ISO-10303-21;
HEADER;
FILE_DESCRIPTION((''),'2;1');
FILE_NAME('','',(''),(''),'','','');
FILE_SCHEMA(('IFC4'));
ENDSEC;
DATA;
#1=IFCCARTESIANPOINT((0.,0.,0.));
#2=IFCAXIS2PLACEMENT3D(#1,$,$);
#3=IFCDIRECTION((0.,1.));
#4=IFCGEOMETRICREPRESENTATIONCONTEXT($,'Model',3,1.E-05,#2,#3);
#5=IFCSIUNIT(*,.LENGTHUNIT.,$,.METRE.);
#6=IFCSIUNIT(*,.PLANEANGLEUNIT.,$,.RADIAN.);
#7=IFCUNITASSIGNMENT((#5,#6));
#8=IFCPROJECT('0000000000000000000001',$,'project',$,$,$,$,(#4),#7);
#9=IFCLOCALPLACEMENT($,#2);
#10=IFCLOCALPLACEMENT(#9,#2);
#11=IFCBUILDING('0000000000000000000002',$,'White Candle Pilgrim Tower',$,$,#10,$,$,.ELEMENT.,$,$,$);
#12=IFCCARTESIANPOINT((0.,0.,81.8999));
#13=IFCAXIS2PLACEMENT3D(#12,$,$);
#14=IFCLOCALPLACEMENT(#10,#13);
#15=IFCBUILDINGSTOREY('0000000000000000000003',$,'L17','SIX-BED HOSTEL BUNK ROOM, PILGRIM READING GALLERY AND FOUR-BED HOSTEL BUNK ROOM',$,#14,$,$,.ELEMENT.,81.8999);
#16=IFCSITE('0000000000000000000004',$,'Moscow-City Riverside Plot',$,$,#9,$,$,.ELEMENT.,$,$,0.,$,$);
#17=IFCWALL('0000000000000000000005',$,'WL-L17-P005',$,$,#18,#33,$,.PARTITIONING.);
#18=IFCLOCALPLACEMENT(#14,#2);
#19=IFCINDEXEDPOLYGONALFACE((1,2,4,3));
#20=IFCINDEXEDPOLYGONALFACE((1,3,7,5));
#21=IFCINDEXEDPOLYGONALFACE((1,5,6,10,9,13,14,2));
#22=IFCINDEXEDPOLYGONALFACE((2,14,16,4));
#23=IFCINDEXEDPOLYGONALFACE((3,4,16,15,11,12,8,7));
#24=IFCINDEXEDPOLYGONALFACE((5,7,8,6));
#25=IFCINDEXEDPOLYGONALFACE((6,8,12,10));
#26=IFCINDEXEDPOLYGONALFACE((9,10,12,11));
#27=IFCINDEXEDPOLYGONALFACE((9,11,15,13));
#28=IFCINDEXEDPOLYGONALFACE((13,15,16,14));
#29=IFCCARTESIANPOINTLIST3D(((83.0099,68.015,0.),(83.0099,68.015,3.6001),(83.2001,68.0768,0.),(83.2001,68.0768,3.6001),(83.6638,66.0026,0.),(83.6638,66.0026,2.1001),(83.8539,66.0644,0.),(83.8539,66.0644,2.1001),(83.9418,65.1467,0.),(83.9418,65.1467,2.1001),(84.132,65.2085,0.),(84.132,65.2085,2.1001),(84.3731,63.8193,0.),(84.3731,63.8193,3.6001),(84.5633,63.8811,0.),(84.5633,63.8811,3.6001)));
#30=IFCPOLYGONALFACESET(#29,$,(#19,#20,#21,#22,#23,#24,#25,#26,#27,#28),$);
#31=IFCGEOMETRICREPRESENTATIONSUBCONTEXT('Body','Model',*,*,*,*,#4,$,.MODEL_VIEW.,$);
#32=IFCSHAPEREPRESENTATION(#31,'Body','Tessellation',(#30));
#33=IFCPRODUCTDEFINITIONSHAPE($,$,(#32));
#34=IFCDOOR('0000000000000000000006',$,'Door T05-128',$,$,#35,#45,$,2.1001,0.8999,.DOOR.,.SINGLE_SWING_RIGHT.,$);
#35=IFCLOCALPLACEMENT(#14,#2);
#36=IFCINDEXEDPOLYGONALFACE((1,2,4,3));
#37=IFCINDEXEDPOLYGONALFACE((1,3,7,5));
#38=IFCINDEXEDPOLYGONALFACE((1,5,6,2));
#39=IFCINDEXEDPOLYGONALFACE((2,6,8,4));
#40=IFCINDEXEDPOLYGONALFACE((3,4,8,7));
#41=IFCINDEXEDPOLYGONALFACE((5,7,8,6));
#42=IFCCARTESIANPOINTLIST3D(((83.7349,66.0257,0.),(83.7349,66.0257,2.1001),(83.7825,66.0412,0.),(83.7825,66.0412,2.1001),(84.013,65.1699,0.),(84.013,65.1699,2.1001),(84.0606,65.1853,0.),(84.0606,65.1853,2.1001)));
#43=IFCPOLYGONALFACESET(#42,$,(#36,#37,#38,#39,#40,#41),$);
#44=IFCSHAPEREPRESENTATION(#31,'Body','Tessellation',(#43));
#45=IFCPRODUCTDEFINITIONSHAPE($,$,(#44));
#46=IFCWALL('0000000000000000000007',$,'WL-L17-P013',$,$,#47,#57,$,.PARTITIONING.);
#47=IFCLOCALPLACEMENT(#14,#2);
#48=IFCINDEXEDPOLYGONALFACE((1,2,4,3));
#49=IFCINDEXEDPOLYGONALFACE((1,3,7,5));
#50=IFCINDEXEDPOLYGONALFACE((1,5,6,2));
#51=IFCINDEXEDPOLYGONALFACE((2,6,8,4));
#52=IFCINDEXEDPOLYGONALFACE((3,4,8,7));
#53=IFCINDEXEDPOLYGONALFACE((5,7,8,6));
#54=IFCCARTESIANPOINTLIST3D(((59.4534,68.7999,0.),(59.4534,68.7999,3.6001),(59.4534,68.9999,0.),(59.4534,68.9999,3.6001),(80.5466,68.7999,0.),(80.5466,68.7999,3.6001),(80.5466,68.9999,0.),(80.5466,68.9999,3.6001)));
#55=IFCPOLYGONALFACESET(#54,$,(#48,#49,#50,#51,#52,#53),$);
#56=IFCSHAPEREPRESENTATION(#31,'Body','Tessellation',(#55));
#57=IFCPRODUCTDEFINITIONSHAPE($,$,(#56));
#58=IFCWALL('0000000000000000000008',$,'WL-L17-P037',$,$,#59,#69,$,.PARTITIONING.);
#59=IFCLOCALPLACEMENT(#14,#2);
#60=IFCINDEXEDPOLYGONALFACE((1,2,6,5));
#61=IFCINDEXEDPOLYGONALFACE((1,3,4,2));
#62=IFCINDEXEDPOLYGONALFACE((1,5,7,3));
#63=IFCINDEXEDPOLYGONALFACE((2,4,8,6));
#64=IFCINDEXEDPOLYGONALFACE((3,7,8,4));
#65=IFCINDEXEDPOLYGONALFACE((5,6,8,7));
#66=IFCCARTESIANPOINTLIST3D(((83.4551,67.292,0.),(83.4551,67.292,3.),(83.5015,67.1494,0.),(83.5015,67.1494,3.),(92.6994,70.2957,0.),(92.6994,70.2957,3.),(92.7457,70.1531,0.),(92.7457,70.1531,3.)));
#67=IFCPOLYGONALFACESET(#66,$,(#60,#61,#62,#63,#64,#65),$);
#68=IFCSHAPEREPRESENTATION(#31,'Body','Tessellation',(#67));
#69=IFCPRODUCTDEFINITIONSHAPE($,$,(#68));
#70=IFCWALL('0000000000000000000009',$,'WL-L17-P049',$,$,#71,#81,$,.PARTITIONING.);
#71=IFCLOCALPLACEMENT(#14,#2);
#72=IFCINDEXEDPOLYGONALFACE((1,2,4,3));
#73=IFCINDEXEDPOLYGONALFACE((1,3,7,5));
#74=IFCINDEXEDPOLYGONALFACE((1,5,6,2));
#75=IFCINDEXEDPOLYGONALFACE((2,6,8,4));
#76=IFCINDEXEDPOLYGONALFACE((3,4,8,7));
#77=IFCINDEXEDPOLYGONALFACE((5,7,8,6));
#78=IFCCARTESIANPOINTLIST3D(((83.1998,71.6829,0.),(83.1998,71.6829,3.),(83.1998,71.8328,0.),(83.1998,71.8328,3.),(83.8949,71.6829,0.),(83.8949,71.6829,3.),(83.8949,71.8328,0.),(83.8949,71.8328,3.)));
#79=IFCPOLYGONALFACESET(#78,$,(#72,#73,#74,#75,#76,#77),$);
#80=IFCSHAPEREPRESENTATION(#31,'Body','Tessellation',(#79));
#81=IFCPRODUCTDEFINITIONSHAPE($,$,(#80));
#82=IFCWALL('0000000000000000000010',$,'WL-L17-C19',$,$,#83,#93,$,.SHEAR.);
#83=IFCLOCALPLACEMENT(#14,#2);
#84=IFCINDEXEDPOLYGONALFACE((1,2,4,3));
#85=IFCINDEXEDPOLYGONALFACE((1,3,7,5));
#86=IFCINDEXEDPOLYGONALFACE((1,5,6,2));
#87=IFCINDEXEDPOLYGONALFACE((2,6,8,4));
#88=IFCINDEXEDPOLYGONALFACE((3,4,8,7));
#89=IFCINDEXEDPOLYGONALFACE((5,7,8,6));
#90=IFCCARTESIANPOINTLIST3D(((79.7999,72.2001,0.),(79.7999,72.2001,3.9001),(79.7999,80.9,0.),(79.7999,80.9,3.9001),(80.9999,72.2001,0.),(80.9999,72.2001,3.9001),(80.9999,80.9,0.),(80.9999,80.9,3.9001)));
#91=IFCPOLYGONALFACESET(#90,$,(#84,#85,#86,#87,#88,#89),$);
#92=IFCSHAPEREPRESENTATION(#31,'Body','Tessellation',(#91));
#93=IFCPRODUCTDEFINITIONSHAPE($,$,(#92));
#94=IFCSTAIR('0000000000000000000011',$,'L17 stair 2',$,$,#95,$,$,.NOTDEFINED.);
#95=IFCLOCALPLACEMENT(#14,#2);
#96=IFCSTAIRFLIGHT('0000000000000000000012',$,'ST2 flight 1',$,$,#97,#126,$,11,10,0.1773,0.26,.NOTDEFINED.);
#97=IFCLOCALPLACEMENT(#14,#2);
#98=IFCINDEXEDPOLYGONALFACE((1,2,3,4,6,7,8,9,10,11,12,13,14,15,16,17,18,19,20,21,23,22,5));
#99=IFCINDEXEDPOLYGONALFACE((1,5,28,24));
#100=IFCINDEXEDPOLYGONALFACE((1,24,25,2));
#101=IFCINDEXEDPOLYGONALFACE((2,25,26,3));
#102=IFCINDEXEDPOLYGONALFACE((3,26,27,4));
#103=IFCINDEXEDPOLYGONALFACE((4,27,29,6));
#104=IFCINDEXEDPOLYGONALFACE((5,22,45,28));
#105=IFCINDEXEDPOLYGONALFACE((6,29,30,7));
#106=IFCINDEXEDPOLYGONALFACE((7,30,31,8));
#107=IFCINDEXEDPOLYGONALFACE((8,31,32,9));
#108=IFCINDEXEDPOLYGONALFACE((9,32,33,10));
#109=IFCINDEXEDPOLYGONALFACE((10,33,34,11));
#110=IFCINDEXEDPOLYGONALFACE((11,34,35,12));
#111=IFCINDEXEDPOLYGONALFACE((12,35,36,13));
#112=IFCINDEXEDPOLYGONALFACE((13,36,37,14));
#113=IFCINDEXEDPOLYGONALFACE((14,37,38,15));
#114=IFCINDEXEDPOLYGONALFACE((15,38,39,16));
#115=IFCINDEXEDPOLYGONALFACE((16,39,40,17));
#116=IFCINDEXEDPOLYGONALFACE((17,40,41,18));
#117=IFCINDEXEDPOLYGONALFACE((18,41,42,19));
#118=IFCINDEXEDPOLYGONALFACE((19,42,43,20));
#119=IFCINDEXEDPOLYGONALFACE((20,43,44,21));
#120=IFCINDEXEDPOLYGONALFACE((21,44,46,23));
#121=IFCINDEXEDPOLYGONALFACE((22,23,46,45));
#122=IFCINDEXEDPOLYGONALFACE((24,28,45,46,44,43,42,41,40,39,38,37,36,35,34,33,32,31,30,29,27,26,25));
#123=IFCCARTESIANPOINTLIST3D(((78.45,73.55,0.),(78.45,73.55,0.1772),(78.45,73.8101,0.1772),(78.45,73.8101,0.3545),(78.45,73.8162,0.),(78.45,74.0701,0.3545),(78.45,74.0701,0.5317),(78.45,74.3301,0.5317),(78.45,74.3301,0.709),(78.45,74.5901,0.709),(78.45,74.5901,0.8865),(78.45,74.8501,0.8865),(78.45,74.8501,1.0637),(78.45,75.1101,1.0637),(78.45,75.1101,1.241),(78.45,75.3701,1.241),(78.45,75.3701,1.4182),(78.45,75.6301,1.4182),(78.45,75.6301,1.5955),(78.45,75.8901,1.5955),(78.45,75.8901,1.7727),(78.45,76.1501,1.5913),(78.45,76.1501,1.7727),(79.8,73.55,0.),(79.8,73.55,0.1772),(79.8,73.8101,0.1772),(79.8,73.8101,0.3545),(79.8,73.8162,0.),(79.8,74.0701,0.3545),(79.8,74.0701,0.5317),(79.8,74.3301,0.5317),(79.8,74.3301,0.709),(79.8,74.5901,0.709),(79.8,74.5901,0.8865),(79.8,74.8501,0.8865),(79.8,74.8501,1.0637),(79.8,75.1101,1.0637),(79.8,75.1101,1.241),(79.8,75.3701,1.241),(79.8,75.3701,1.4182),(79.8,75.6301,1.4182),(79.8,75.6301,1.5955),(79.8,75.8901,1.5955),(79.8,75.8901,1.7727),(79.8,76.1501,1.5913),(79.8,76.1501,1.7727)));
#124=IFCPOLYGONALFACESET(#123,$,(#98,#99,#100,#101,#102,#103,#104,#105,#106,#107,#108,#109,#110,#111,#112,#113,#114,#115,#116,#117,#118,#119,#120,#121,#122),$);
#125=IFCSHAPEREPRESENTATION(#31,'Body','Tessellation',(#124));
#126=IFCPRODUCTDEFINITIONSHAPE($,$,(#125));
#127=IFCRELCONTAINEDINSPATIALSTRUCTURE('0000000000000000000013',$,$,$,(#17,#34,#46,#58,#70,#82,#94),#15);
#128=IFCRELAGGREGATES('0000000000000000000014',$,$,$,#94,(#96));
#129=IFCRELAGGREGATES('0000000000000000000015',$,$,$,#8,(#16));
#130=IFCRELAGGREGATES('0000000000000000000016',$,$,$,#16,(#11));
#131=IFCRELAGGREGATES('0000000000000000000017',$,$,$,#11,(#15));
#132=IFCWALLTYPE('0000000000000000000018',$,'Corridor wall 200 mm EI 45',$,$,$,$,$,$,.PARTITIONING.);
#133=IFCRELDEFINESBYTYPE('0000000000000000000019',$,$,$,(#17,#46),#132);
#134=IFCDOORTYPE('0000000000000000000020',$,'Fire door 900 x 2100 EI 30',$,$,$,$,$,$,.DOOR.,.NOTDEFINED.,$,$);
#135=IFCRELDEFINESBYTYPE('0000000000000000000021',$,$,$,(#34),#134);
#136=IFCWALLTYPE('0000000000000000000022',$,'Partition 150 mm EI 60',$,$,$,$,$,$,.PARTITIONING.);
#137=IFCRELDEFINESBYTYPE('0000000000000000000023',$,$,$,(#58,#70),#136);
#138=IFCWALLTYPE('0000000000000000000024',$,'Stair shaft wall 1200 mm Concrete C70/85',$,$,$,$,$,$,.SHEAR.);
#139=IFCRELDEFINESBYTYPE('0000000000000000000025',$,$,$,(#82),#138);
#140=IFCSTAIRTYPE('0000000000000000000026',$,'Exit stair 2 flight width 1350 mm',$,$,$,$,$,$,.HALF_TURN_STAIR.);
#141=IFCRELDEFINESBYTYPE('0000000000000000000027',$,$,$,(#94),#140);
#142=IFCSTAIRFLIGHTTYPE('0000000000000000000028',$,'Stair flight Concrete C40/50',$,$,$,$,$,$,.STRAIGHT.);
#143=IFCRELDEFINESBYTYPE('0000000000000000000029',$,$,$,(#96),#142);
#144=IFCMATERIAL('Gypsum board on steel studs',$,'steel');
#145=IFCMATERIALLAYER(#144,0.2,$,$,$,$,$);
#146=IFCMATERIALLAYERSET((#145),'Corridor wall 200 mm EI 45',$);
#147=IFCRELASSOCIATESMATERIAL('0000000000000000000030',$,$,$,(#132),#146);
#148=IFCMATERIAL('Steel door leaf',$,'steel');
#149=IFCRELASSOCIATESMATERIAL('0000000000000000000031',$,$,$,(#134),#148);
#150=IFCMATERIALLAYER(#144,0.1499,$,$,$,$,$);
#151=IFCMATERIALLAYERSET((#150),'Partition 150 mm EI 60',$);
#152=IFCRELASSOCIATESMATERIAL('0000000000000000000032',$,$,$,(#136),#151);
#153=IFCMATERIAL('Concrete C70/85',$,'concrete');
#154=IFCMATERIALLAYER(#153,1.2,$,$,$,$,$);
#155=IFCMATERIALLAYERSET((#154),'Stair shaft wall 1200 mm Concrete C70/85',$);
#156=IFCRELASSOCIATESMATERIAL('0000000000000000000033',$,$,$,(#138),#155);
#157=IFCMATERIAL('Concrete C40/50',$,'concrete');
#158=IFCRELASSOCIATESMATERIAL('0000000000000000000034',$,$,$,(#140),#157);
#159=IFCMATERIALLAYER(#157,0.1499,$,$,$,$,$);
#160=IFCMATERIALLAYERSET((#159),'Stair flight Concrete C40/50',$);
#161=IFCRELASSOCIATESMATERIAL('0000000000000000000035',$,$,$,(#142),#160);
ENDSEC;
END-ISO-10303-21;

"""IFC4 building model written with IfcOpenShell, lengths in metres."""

from ifc_helpers import new_model, si_unit, direction, frame, frame_2d, origin, place, context, subcontext, project, spatial, polyline, rectangle, outline, extrude, material, layer, layer_set, type_object, element, fill, aggregate, save


model = new_model("IFC4")

# Units and contexts
model_context = context("Model", 3, precision=1e-05, world=origin(), true_north=direction((0.0, 1.0)))
body_context = subcontext(model_context, "Body", "Model", "MODEL_VIEW")
ifc_project = project(units=[si_unit("LENGTHUNIT", "METRE"), si_unit("PLANEANGLEUNIT", "RADIAN")], contexts=[model_context])

# Site, building, storey
site_placement = place(None, origin())
site = spatial("IfcSite", under=ifc_project, at=site_placement, Name="Moscow-City Riverside Plot", CompositionType="ELEMENT", RefElevation=0.0)
building_placement = place(site_placement, origin())
building = spatial("IfcBuilding", under=site, at=building_placement, Name="White Candle Pilgrim Tower", CompositionType="ELEMENT")
storey_placement = place(building_placement, frame((0.0, 0.0, 81.8999)))
storey = spatial("IfcBuildingStorey", under=building, at=storey_placement, Name="L17", Description="SIX-BED HOSTEL BUNK ROOM, PILGRIM READING GALLERY AND FOUR-BED HOSTEL BUNK ROOM", CompositionType="ELEMENT", Elevation=81.8999)

# Wall, opening, door
ifc_material_1 = material(Name="Gypsum board on steel studs", Category="steel")
ifc_layer_1 = layer(ifc_material_1, 0.2)
ifc_layer_set_1 = layer_set([ifc_layer_1], Name="Corridor wall 200 mm EI 45")
wall_type_1 = type_object("IfcWallType", Name="Corridor wall 200 mm EI 45", PredefinedType="PARTITIONING", material=ifc_layer_set_1)
wall_1_placement = place(storey_placement, frame((83.105, 68.0459, 0.0), z_axis=(0.0, 0.0, 1.0), x_axis=(0.309013, -0.951058, 0.0)))
wall_1 = element("IfcWall", 1, at=wall_1_placement, inside=storey, type_object=wall_type_1, Name="WL-L17-P005", PredefinedType="PARTITIONING", context=body_context, shape_type="SweptSolid", body=[
    extrude(rectangle(XDim=4.4116, YDim=0.2, at=frame_2d((2.2058, 0.0))), origin(), (0.0, 0.0, 1.0), 3.6001),
])
opening_placement = place(wall_1_placement, frame((2.116, 0.0, 0.0)))
opening = element("IfcOpeningElement", 2, at=opening_placement, cuts=wall_1, PredefinedType="OPENING", context=body_context, shape_type="SweptSolid", body=[
    extrude(rectangle(XDim=0.8999, YDim=2.1001, at=frame_2d((0.45, 1.05))), frame((0.0, 0.1099, 0.0), z_axis=(0.0, -1.0, 0.0), x_axis=(1.0, 0.0, 0.0)), (0.0, 0.0, 1.0), 0.22),
])
ifc_material_2 = material(Name="Steel door leaf", Category="steel")
door_type = type_object("IfcDoorType", Name="Fire door 900 x 2100 EI 30", OperationType="NOTDEFINED", PredefinedType="DOOR", material=ifc_material_2)
door_placement = place(opening_placement, origin())
door = element("IfcDoor", 3, at=door_placement, inside=storey, type_object=door_type, Name="Door T05-128", OperationType="SINGLE_SWING_RIGHT", OverallHeight=2.1001, OverallWidth=0.8999, PredefinedType="DOOR", context=body_context, shape_type="SweptSolid", body=[
    extrude(rectangle(XDim=0.8999, YDim=2.1001, at=frame_2d((0.45, 1.05))), frame((0.0, 0.0249, 0.0), z_axis=(0.0, -1.0, 0.0), x_axis=(1.0, 0.0, 0.0)), (0.0, 0.0, 1.0), 0.05),
])
fill(opening, door)

# Walls
wall_2_placement = place(storey_placement, frame((80.5466, 68.8999, 0.0), z_axis=(0.0, 0.0, 1.0), x_axis=(-1.0, 0.0, 0.0)))
element("IfcWall", 4, at=wall_2_placement, inside=storey, type_object=wall_type_1, Name="WL-L17-P013", PredefinedType="PARTITIONING", context=body_context, shape_type="SweptSolid", body=[
    extrude(rectangle(XDim=21.0933, YDim=0.2, at=frame_2d((10.5466, 0.0))), origin(), (0.0, 0.0, 1.0), 3.6001),
])
ifc_layer_2 = layer(ifc_material_1, 0.1499)
ifc_layer_set_2 = layer_set([ifc_layer_2], Name="Partition 150 mm EI 60")
wall_type_2 = type_object("IfcWallType", Name="Partition 150 mm EI 60", PredefinedType="PARTITIONING", material=ifc_layer_set_2)
wall_3_placement = place(storey_placement, frame((92.7224, 70.2244, 0.0), z_axis=(0.0, 0.0, 1.0), x_axis=(-0.951055, -0.309022, 0.0)))
element("IfcWall", 5, at=wall_3_placement, inside=storey, type_object=wall_type_2, Name="WL-L17-P037", PredefinedType="PARTITIONING", context=body_context, shape_type="SweptSolid", body=[
    extrude(rectangle(XDim=9.72, YDim=0.1499, at=frame_2d((4.8599, 0.0))), origin(), (0.0, 0.0, 1.0), 3.0),
])
wall_4_placement = place(storey_placement, frame((83.895, 71.7578, 0.0), z_axis=(0.0, 0.0, 1.0), x_axis=(-1.0, 0.0, 0.0)))
element("IfcWall", 6, at=wall_4_placement, inside=storey, type_object=wall_type_2, Name="WL-L17-P049", PredefinedType="PARTITIONING", context=body_context, shape_type="SweptSolid", body=[
    extrude(rectangle(XDim=0.6951, YDim=0.1499, at=frame_2d((0.3477, 0.0))), origin(), (0.0, 0.0, 1.0), 3.0),
])
ifc_material_3 = material(Name="Concrete C70/85", Category="concrete")
ifc_layer_3 = layer(ifc_material_3, 1.2)
ifc_layer_set_3 = layer_set([ifc_layer_3], Name="Stair shaft wall 1200 mm Concrete C70/85")
wall_type_3 = type_object("IfcWallType", Name="Stair shaft wall 1200 mm Concrete C70/85", PredefinedType="SHEAR", material=ifc_layer_set_3)
wall_5_placement = place(storey_placement, frame((80.3999, 72.2, 0.0), z_axis=(0.0, 0.0, 1.0), x_axis=(0.0, 1.0, 0.0)))
element("IfcWall", 7, at=wall_5_placement, inside=storey, type_object=wall_type_3, Name="WL-L17-C19", PredefinedType="SHEAR", context=body_context, shape_type="SweptSolid", body=[
    extrude(rectangle(XDim=8.7, YDim=1.2, at=frame_2d((4.3501, 0.0))), origin(), (0.0, 0.0, 1.0), 3.9001),
])

# Stair, stair flight
ifc_material_4 = material(Name="Concrete C40/50", Category="concrete")
stair_type = type_object("IfcStairType", Name="Exit stair 2 flight width 1350 mm", PredefinedType="HALF_TURN_STAIR", material=ifc_material_4)
stair_placement = place(storey_placement, origin())
stair = element("IfcStair", 8, at=stair_placement, inside=storey, type_object=stair_type, Name="L17 stair 2", PredefinedType="NOTDEFINED")
ifc_layer_4 = layer(ifc_material_4, 0.1499)
ifc_layer_set_4 = layer_set([ifc_layer_4], Name="Stair flight Concrete C40/50")
stair_flight_type = type_object("IfcStairFlightType", Name="Stair flight Concrete C40/50", PredefinedType="STRAIGHT", material=ifc_layer_set_4)
stair_flight_placement = place(storey_placement, frame((79.125, 73.55, 0.0), z_axis=(0.0, 0.0, 1.0), x_axis=(0.0, 1.0, 0.0)))
stair_flight = element("IfcStairFlight", 9, at=stair_flight_placement, type_object=stair_flight_type, Name="ST2 flight 1", NumberOfRisers=11, NumberOfTreads=10, PredefinedType="NOTDEFINED", RiserHeight=0.1773, TreadLength=0.26, context=body_context, shape_type="SweptSolid", body=[
    extrude(outline(polyline([(0.0, 0.0), (0.0, 0.1772), (0.26, 0.1772), (0.26, 0.3545), (0.52, 0.3545), (0.52, 0.5317), (0.78, 0.5317), (0.78, 0.709), (1.04, 0.709), (1.04, 0.8865), (1.3, 0.8865), (1.3, 1.0637), (1.5601, 1.0637), (1.5601, 1.241), (1.8201, 1.241), (1.8201, 1.4182), (2.0801, 1.4182), (2.0801, 1.5955), (2.3401, 1.5955), (2.3401, 1.7727), (2.6001, 1.7727), (2.6001, 1.95), (2.6001, 1.5913), (0.2661, 0.0), (0.0, 0.0)])), frame((0.0, 0.675, 0.0), z_axis=(0.0, -1.0, 0.0), x_axis=(1.0, 0.0, 0.0)), (0.0, 0.0, 1.0), 1.3501),
])
aggregate(stair, [stair_flight])

save(model, "model.ifc")
